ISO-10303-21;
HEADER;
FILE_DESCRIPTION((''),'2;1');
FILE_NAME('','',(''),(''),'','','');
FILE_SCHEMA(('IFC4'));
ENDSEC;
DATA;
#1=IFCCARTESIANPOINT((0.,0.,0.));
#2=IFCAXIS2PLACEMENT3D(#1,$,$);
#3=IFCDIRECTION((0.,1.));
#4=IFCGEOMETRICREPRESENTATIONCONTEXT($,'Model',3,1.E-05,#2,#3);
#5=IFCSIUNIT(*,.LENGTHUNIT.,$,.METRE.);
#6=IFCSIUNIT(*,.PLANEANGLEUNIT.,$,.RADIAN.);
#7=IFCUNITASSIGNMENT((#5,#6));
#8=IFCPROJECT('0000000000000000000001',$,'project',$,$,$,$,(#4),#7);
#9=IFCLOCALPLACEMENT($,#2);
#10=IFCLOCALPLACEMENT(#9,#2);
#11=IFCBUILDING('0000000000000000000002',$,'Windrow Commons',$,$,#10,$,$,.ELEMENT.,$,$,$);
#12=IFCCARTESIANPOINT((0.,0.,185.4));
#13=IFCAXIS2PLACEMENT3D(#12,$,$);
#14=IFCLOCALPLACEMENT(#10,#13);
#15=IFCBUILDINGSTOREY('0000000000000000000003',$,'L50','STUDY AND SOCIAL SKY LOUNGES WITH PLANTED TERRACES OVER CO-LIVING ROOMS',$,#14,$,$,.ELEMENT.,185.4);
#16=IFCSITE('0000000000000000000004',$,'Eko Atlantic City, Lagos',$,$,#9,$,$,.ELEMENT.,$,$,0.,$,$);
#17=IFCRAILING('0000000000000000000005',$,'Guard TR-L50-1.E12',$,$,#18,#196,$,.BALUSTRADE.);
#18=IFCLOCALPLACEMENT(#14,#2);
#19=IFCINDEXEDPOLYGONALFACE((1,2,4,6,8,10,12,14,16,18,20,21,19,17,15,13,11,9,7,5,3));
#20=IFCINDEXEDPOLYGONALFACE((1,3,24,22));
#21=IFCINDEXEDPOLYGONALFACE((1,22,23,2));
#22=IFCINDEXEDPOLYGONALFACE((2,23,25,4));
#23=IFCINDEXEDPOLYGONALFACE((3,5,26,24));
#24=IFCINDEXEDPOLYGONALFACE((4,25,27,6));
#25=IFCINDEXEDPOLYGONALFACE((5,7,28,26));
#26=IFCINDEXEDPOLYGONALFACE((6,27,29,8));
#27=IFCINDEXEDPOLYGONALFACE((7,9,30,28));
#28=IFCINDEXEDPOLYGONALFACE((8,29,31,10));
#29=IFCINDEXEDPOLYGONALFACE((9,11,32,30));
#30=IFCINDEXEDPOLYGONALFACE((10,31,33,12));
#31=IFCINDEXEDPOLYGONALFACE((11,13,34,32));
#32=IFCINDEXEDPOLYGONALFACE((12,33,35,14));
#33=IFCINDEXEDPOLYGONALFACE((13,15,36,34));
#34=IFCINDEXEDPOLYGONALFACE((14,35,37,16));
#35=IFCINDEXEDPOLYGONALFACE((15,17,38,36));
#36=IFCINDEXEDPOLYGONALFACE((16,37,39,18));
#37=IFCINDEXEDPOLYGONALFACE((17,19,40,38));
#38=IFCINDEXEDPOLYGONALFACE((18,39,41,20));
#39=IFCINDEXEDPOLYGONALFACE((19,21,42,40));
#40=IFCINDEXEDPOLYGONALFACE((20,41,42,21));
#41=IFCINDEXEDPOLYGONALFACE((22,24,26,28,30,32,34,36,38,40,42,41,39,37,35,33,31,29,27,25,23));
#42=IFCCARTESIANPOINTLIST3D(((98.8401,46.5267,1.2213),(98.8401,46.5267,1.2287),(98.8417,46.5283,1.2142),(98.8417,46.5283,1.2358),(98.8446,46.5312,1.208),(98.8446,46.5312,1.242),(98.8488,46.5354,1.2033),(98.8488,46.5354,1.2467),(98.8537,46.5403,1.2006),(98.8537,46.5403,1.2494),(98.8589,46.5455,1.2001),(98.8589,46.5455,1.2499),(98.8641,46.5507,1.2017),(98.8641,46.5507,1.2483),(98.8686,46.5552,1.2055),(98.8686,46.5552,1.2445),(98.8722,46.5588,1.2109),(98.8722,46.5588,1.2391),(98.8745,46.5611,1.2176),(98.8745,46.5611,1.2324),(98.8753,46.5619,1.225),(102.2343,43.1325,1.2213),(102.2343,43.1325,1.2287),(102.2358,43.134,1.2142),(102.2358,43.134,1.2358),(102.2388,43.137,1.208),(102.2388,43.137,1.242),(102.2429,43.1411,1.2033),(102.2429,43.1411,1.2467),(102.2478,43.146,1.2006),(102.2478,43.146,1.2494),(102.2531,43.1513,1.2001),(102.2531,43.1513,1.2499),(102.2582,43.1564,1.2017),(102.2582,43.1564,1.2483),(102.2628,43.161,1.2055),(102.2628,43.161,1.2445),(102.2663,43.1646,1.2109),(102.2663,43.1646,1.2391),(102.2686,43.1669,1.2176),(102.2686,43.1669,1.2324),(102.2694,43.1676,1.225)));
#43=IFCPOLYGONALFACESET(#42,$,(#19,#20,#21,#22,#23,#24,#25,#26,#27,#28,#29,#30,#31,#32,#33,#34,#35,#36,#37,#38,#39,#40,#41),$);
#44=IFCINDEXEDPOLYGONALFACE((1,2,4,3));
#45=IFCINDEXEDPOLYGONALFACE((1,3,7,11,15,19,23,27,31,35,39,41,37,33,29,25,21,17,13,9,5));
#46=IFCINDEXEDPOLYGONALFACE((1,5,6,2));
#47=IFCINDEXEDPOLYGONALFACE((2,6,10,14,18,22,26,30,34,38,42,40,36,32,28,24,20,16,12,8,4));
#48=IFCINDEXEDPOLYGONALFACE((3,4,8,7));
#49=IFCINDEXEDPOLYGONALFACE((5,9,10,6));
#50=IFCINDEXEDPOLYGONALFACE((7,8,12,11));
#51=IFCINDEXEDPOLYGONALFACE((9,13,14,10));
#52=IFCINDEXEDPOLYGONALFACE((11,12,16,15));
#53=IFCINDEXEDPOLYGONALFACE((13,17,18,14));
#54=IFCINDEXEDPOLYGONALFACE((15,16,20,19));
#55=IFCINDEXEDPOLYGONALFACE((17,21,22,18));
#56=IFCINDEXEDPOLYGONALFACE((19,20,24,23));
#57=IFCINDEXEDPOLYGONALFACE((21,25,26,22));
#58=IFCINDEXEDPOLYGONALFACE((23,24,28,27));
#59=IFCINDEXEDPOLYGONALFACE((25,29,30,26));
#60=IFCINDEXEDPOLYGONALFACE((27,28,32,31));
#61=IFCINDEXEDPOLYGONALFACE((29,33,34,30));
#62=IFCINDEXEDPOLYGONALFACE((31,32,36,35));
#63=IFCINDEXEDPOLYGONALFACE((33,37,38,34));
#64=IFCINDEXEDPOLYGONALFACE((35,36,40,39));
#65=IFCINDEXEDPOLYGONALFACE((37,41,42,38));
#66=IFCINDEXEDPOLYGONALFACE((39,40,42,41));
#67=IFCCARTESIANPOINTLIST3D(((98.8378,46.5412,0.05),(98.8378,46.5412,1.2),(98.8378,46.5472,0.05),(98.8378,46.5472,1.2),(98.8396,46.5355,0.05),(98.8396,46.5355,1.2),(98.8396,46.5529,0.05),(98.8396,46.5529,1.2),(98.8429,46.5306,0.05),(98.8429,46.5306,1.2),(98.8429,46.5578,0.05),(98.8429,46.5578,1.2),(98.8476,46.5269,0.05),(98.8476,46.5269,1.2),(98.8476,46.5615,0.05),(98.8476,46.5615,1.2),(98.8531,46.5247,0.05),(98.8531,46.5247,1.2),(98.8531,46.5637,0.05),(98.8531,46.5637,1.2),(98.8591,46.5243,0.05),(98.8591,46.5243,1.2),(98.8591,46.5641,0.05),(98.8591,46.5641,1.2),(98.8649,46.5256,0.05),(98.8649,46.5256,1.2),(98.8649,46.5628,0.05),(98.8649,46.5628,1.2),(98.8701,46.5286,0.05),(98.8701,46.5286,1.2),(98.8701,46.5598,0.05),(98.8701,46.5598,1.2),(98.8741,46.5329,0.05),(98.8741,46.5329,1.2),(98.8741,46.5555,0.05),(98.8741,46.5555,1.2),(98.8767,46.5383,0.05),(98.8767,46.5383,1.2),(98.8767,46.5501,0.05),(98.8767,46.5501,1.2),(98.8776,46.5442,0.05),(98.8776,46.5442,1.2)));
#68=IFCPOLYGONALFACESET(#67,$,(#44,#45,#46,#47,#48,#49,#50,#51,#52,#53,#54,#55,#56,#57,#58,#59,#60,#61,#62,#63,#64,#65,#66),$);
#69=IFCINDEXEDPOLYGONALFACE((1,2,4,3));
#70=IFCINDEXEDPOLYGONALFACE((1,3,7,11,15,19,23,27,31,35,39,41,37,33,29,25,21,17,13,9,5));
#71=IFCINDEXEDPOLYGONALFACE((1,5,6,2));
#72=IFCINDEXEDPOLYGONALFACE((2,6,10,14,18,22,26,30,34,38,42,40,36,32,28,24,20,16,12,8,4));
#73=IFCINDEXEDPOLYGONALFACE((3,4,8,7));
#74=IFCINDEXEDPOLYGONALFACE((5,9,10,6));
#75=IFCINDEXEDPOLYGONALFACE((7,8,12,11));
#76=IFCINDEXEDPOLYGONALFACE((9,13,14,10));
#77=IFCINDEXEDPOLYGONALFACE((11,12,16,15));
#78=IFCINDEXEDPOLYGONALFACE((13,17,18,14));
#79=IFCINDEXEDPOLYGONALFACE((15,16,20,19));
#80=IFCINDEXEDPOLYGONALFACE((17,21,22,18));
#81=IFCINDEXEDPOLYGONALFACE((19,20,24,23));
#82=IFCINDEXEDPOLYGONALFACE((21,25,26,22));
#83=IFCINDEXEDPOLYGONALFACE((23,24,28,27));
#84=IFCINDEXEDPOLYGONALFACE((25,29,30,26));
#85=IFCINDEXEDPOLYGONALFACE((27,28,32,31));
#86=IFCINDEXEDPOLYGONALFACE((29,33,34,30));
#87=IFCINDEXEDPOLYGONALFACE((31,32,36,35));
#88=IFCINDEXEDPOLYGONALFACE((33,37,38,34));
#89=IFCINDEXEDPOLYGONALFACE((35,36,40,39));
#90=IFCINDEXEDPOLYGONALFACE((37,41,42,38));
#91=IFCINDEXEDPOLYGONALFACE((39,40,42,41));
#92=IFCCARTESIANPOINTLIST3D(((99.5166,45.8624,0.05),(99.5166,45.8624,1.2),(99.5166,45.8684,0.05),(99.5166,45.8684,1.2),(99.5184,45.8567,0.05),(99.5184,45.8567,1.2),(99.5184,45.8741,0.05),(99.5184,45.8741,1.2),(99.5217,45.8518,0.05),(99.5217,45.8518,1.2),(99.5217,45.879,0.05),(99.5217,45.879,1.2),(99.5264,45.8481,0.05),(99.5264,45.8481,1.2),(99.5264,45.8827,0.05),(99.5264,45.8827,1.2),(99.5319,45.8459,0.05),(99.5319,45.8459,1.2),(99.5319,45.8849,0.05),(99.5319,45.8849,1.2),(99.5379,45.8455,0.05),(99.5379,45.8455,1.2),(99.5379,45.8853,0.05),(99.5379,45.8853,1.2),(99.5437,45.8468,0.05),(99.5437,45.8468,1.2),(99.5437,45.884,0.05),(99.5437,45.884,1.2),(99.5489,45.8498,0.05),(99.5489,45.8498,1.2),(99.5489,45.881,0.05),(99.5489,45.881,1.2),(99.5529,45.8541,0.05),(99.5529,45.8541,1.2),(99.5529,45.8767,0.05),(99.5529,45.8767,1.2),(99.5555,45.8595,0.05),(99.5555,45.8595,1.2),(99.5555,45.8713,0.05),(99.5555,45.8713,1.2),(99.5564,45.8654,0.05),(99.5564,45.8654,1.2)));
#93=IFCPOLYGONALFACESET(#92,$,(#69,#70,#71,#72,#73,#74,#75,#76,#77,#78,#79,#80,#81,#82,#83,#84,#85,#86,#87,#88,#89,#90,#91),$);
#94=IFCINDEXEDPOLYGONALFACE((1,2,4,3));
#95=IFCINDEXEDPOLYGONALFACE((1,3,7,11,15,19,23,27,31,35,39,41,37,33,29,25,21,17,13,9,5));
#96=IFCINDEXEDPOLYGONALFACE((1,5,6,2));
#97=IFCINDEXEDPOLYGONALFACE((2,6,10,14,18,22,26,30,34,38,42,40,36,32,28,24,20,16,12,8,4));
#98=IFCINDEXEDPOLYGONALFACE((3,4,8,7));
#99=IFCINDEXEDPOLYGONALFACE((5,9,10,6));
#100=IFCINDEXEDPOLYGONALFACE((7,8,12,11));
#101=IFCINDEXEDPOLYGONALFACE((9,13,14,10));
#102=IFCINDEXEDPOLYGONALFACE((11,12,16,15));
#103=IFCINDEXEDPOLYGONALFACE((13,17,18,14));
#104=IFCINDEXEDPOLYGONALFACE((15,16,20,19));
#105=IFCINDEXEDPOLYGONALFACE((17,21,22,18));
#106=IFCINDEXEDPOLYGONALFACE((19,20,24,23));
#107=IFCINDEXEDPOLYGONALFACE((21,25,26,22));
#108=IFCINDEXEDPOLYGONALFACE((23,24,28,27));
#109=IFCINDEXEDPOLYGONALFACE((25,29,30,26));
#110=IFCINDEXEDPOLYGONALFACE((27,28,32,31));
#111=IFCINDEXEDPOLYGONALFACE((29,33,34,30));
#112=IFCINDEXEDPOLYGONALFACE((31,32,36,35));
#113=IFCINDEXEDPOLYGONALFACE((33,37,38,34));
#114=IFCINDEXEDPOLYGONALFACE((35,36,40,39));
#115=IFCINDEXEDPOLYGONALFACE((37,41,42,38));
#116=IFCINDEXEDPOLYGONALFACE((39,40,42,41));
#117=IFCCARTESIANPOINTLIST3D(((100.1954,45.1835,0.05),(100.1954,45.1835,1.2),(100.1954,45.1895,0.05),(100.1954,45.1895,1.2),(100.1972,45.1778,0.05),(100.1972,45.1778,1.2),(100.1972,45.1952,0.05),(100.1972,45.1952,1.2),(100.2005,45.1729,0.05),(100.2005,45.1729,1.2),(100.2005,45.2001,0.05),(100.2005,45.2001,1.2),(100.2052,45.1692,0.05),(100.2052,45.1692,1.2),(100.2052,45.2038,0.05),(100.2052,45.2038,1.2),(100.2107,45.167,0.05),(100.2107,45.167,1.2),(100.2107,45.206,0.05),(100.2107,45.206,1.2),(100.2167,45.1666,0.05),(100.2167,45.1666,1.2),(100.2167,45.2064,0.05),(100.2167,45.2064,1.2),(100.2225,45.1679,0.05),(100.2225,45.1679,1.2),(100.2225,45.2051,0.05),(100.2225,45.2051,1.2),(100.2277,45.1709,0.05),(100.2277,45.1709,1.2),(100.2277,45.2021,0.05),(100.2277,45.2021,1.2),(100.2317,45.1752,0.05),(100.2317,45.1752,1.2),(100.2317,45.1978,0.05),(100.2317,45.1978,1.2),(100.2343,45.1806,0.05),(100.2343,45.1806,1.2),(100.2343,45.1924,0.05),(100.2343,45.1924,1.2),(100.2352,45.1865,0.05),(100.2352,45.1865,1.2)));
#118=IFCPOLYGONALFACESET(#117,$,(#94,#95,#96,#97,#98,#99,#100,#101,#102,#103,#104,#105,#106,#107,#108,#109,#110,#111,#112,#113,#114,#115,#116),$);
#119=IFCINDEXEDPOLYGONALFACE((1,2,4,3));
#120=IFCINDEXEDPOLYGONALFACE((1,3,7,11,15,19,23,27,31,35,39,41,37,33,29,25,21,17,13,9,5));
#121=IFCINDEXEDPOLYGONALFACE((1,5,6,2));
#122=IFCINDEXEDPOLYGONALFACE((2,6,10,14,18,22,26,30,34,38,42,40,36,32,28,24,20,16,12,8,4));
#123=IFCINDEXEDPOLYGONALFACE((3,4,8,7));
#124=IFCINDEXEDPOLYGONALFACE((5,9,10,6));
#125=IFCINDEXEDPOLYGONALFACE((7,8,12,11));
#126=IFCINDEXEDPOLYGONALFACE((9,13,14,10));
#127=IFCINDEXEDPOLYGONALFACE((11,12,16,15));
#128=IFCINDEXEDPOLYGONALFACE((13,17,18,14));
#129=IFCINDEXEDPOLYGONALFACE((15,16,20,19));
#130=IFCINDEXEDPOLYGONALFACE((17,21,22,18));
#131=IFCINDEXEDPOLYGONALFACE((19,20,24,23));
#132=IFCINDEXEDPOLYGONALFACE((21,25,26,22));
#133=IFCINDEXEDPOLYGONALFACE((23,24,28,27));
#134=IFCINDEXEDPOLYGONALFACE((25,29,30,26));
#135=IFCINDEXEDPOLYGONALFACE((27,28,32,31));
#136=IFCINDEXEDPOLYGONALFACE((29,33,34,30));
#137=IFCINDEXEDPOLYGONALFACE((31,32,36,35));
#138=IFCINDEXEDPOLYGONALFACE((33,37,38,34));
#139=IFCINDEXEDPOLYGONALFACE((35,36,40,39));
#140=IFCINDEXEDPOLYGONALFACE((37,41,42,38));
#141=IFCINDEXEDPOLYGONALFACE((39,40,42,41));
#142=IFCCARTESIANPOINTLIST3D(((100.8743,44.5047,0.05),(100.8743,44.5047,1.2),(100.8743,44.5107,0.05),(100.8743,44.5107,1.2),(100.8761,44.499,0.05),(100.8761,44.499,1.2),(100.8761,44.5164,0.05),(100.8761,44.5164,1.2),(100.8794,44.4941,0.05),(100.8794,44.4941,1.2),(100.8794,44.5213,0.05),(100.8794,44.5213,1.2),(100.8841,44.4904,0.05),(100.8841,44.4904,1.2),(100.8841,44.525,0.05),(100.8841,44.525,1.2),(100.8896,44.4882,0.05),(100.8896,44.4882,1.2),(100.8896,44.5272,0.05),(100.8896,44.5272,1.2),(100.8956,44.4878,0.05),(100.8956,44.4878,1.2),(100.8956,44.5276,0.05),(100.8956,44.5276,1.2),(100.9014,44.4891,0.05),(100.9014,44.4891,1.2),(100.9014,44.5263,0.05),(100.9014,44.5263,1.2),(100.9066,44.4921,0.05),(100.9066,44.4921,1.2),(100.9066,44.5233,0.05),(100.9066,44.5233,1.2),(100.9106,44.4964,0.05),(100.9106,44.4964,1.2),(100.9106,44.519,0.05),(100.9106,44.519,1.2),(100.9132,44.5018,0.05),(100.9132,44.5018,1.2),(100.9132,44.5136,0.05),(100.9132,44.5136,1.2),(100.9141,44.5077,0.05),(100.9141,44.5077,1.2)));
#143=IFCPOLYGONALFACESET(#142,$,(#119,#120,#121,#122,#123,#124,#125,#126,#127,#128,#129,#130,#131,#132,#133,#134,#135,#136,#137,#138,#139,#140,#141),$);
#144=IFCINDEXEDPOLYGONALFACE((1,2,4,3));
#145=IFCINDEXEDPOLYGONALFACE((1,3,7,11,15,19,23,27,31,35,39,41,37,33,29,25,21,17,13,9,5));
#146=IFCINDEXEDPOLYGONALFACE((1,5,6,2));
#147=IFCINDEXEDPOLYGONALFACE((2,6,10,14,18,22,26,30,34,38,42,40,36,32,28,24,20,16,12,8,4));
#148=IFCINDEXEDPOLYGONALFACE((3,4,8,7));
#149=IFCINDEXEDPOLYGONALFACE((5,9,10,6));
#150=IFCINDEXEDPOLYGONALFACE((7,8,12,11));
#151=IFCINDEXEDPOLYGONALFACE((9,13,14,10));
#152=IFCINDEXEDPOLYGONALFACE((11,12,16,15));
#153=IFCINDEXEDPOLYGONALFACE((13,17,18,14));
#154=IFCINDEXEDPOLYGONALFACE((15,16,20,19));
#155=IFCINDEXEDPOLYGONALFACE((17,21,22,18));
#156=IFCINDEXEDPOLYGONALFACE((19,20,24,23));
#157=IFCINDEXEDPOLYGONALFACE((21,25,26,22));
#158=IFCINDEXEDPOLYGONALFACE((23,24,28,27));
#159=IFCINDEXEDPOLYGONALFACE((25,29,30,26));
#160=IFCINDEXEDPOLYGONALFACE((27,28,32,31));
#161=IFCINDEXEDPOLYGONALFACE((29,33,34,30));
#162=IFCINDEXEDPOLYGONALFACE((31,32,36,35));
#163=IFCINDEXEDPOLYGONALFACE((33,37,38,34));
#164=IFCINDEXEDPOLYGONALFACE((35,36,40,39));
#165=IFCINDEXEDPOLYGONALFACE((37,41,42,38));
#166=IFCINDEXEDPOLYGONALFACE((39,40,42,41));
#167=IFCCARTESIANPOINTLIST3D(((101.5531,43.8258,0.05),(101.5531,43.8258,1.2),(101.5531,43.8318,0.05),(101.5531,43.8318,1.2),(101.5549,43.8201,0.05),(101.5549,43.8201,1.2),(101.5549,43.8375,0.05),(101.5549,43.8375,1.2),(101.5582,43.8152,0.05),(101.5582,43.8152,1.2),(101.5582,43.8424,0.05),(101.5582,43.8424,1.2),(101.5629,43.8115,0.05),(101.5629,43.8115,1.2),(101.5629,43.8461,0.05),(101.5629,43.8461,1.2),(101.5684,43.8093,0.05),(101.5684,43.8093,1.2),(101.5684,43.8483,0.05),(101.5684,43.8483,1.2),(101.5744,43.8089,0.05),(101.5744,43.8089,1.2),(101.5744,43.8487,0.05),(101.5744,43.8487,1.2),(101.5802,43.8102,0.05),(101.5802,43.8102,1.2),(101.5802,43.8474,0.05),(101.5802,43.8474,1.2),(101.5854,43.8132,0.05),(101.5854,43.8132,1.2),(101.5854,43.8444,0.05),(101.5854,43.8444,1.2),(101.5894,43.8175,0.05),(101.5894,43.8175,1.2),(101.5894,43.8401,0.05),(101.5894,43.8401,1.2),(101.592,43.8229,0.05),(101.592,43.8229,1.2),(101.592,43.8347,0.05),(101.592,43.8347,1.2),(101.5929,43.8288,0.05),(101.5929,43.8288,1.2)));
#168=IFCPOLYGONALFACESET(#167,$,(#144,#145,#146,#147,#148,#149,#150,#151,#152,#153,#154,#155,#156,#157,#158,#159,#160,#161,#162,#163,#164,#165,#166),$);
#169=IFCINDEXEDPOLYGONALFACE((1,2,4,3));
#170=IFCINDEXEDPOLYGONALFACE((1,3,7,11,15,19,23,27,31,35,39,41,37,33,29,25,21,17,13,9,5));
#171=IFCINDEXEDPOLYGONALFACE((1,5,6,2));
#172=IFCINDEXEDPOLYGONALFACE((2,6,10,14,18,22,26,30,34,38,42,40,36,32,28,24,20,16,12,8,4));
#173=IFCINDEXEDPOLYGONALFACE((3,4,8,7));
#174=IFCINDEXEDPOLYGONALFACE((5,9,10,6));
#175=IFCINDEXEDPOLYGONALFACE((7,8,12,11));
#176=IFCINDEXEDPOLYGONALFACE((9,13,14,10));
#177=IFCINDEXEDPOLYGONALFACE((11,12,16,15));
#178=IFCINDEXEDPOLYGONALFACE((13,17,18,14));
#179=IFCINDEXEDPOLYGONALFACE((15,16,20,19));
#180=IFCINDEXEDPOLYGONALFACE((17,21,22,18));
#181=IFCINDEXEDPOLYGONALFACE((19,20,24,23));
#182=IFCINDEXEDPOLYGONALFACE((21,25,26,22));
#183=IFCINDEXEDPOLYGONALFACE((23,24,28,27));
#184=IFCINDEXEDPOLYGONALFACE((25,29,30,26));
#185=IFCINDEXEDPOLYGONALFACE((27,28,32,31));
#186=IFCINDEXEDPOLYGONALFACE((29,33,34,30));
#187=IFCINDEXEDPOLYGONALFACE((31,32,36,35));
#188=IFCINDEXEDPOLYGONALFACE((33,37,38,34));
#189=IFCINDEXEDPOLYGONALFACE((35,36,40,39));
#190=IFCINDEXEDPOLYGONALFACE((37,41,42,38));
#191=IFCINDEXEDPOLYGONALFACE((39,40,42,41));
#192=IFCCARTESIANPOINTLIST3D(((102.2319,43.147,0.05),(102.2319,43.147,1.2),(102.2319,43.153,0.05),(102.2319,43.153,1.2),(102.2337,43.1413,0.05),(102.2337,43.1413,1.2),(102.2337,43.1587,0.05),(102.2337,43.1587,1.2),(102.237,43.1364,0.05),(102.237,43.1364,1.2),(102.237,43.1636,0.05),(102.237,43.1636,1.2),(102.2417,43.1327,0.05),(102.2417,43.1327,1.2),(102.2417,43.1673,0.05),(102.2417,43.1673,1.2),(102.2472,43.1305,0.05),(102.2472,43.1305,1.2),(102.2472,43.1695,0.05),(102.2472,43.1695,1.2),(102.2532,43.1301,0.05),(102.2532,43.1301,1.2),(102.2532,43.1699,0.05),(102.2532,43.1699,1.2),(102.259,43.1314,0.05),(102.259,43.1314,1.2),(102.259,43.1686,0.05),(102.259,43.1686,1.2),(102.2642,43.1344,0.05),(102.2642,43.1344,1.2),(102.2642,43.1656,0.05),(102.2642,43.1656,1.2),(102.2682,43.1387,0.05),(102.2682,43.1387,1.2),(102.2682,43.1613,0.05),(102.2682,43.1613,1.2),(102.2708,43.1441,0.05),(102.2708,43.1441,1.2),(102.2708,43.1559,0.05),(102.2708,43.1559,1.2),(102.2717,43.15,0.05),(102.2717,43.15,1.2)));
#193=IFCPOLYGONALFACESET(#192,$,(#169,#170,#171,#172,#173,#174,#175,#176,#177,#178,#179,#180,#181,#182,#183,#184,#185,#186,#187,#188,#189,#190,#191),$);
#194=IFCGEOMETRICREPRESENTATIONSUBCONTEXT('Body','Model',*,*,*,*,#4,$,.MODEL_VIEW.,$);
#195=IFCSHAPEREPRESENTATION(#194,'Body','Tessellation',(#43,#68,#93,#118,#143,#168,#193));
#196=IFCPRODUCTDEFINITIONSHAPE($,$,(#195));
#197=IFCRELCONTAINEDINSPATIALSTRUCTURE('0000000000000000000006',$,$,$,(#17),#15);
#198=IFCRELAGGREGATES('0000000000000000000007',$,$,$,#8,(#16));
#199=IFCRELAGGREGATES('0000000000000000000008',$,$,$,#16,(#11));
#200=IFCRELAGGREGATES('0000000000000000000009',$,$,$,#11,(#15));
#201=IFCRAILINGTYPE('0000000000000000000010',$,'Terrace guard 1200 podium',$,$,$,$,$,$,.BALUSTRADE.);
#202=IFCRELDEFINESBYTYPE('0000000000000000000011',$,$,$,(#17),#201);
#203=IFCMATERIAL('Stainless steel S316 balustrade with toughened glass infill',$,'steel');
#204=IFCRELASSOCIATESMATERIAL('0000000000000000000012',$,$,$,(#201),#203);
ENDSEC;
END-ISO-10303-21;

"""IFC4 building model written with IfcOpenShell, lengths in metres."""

from ifc_helpers import new_model, si_unit, direction, frame, origin, origin_2d, place, context, subcontext, project, spatial, circle, extrude, material, type_object, element, save


model = new_model("IFC4")

# Units and contexts
model_context = context("Model", 3, precision=1e-05, world=origin(), true_north=direction((0.0, 1.0)))
body_context = subcontext(model_context, "Body", "Model", "MODEL_VIEW")
ifc_project = project(units=[si_unit("LENGTHUNIT", "METRE"), si_unit("PLANEANGLEUNIT", "RADIAN")], contexts=[model_context])

# Site, building, storey
site_placement = place(None, origin())
site = spatial("IfcSite", under=ifc_project, at=site_placement, Name="Eko Atlantic City, Lagos", CompositionType="ELEMENT", RefElevation=0.0)
building_placement = place(site_placement, origin())
building = spatial("IfcBuilding", under=site, at=building_placement, Name="Windrow Commons", CompositionType="ELEMENT")
storey_placement = place(building_placement, frame((0.0, 0.0, 185.4)))
storey = spatial("IfcBuildingStorey", under=building, at=storey_placement, Name="L50", Description="STUDY AND SOCIAL SKY LOUNGES WITH PLANTED TERRACES OVER CO-LIVING ROOMS", CompositionType="ELEMENT", Elevation=185.4)

# Railing
ifc_material_1 = material(Name="Stainless steel S316 balustrade with toughened glass infill", Category="steel")
railing_type_1 = type_object("IfcRailingType", Name="Terrace guard 1200 podium", PredefinedType="BALUSTRADE", material=ifc_material_1)
railing_1_placement = place(storey_placement, frame((98.8576, 46.5442, 0.05)))
element("IfcRailing", 1, at=railing_1_placement, inside=storey, type_object=railing_type_1, Name="Guard TR-L50-1.E12", PredefinedType="BALUSTRADE", context=body_context, shape_type="SweptSolid", body=[
    extrude(circle(Radius=0.025, at=origin_2d()), frame((0.0, 0.0, 1.175), z_axis=(0.707096, -0.707117, 0.0), x_axis=(0.707117, 0.707096, 0.0)), (0.0, 0.0, 1.0), 4.8001),
    extrude(circle(Radius=0.02, at=origin_2d()), origin(), (0.0, 0.0, 1.0), 1.15),
    extrude(circle(Radius=0.02, at=origin_2d()), frame((0.6788, -0.6788, 0.0)), (0.0, 0.0, 1.0), 1.15),
    extrude(circle(Radius=0.02, at=origin_2d()), frame((1.3576, -1.3577, 0.0)), (0.0, 0.0, 1.0), 1.15),
    extrude(circle(Radius=0.02, at=origin_2d()), frame((2.0365, -2.0365, 0.0)), (0.0, 0.0, 1.0), 1.15),
    extrude(circle(Radius=0.02, at=origin_2d()), frame((2.7153, -2.7154, 0.0)), (0.0, 0.0, 1.0), 1.15),
    extrude(circle(Radius=0.02, at=origin_2d()), frame((3.3941, -3.3942, 0.0)), (0.0, 0.0, 1.0), 1.15),
])

save(model, "model.ifc")
